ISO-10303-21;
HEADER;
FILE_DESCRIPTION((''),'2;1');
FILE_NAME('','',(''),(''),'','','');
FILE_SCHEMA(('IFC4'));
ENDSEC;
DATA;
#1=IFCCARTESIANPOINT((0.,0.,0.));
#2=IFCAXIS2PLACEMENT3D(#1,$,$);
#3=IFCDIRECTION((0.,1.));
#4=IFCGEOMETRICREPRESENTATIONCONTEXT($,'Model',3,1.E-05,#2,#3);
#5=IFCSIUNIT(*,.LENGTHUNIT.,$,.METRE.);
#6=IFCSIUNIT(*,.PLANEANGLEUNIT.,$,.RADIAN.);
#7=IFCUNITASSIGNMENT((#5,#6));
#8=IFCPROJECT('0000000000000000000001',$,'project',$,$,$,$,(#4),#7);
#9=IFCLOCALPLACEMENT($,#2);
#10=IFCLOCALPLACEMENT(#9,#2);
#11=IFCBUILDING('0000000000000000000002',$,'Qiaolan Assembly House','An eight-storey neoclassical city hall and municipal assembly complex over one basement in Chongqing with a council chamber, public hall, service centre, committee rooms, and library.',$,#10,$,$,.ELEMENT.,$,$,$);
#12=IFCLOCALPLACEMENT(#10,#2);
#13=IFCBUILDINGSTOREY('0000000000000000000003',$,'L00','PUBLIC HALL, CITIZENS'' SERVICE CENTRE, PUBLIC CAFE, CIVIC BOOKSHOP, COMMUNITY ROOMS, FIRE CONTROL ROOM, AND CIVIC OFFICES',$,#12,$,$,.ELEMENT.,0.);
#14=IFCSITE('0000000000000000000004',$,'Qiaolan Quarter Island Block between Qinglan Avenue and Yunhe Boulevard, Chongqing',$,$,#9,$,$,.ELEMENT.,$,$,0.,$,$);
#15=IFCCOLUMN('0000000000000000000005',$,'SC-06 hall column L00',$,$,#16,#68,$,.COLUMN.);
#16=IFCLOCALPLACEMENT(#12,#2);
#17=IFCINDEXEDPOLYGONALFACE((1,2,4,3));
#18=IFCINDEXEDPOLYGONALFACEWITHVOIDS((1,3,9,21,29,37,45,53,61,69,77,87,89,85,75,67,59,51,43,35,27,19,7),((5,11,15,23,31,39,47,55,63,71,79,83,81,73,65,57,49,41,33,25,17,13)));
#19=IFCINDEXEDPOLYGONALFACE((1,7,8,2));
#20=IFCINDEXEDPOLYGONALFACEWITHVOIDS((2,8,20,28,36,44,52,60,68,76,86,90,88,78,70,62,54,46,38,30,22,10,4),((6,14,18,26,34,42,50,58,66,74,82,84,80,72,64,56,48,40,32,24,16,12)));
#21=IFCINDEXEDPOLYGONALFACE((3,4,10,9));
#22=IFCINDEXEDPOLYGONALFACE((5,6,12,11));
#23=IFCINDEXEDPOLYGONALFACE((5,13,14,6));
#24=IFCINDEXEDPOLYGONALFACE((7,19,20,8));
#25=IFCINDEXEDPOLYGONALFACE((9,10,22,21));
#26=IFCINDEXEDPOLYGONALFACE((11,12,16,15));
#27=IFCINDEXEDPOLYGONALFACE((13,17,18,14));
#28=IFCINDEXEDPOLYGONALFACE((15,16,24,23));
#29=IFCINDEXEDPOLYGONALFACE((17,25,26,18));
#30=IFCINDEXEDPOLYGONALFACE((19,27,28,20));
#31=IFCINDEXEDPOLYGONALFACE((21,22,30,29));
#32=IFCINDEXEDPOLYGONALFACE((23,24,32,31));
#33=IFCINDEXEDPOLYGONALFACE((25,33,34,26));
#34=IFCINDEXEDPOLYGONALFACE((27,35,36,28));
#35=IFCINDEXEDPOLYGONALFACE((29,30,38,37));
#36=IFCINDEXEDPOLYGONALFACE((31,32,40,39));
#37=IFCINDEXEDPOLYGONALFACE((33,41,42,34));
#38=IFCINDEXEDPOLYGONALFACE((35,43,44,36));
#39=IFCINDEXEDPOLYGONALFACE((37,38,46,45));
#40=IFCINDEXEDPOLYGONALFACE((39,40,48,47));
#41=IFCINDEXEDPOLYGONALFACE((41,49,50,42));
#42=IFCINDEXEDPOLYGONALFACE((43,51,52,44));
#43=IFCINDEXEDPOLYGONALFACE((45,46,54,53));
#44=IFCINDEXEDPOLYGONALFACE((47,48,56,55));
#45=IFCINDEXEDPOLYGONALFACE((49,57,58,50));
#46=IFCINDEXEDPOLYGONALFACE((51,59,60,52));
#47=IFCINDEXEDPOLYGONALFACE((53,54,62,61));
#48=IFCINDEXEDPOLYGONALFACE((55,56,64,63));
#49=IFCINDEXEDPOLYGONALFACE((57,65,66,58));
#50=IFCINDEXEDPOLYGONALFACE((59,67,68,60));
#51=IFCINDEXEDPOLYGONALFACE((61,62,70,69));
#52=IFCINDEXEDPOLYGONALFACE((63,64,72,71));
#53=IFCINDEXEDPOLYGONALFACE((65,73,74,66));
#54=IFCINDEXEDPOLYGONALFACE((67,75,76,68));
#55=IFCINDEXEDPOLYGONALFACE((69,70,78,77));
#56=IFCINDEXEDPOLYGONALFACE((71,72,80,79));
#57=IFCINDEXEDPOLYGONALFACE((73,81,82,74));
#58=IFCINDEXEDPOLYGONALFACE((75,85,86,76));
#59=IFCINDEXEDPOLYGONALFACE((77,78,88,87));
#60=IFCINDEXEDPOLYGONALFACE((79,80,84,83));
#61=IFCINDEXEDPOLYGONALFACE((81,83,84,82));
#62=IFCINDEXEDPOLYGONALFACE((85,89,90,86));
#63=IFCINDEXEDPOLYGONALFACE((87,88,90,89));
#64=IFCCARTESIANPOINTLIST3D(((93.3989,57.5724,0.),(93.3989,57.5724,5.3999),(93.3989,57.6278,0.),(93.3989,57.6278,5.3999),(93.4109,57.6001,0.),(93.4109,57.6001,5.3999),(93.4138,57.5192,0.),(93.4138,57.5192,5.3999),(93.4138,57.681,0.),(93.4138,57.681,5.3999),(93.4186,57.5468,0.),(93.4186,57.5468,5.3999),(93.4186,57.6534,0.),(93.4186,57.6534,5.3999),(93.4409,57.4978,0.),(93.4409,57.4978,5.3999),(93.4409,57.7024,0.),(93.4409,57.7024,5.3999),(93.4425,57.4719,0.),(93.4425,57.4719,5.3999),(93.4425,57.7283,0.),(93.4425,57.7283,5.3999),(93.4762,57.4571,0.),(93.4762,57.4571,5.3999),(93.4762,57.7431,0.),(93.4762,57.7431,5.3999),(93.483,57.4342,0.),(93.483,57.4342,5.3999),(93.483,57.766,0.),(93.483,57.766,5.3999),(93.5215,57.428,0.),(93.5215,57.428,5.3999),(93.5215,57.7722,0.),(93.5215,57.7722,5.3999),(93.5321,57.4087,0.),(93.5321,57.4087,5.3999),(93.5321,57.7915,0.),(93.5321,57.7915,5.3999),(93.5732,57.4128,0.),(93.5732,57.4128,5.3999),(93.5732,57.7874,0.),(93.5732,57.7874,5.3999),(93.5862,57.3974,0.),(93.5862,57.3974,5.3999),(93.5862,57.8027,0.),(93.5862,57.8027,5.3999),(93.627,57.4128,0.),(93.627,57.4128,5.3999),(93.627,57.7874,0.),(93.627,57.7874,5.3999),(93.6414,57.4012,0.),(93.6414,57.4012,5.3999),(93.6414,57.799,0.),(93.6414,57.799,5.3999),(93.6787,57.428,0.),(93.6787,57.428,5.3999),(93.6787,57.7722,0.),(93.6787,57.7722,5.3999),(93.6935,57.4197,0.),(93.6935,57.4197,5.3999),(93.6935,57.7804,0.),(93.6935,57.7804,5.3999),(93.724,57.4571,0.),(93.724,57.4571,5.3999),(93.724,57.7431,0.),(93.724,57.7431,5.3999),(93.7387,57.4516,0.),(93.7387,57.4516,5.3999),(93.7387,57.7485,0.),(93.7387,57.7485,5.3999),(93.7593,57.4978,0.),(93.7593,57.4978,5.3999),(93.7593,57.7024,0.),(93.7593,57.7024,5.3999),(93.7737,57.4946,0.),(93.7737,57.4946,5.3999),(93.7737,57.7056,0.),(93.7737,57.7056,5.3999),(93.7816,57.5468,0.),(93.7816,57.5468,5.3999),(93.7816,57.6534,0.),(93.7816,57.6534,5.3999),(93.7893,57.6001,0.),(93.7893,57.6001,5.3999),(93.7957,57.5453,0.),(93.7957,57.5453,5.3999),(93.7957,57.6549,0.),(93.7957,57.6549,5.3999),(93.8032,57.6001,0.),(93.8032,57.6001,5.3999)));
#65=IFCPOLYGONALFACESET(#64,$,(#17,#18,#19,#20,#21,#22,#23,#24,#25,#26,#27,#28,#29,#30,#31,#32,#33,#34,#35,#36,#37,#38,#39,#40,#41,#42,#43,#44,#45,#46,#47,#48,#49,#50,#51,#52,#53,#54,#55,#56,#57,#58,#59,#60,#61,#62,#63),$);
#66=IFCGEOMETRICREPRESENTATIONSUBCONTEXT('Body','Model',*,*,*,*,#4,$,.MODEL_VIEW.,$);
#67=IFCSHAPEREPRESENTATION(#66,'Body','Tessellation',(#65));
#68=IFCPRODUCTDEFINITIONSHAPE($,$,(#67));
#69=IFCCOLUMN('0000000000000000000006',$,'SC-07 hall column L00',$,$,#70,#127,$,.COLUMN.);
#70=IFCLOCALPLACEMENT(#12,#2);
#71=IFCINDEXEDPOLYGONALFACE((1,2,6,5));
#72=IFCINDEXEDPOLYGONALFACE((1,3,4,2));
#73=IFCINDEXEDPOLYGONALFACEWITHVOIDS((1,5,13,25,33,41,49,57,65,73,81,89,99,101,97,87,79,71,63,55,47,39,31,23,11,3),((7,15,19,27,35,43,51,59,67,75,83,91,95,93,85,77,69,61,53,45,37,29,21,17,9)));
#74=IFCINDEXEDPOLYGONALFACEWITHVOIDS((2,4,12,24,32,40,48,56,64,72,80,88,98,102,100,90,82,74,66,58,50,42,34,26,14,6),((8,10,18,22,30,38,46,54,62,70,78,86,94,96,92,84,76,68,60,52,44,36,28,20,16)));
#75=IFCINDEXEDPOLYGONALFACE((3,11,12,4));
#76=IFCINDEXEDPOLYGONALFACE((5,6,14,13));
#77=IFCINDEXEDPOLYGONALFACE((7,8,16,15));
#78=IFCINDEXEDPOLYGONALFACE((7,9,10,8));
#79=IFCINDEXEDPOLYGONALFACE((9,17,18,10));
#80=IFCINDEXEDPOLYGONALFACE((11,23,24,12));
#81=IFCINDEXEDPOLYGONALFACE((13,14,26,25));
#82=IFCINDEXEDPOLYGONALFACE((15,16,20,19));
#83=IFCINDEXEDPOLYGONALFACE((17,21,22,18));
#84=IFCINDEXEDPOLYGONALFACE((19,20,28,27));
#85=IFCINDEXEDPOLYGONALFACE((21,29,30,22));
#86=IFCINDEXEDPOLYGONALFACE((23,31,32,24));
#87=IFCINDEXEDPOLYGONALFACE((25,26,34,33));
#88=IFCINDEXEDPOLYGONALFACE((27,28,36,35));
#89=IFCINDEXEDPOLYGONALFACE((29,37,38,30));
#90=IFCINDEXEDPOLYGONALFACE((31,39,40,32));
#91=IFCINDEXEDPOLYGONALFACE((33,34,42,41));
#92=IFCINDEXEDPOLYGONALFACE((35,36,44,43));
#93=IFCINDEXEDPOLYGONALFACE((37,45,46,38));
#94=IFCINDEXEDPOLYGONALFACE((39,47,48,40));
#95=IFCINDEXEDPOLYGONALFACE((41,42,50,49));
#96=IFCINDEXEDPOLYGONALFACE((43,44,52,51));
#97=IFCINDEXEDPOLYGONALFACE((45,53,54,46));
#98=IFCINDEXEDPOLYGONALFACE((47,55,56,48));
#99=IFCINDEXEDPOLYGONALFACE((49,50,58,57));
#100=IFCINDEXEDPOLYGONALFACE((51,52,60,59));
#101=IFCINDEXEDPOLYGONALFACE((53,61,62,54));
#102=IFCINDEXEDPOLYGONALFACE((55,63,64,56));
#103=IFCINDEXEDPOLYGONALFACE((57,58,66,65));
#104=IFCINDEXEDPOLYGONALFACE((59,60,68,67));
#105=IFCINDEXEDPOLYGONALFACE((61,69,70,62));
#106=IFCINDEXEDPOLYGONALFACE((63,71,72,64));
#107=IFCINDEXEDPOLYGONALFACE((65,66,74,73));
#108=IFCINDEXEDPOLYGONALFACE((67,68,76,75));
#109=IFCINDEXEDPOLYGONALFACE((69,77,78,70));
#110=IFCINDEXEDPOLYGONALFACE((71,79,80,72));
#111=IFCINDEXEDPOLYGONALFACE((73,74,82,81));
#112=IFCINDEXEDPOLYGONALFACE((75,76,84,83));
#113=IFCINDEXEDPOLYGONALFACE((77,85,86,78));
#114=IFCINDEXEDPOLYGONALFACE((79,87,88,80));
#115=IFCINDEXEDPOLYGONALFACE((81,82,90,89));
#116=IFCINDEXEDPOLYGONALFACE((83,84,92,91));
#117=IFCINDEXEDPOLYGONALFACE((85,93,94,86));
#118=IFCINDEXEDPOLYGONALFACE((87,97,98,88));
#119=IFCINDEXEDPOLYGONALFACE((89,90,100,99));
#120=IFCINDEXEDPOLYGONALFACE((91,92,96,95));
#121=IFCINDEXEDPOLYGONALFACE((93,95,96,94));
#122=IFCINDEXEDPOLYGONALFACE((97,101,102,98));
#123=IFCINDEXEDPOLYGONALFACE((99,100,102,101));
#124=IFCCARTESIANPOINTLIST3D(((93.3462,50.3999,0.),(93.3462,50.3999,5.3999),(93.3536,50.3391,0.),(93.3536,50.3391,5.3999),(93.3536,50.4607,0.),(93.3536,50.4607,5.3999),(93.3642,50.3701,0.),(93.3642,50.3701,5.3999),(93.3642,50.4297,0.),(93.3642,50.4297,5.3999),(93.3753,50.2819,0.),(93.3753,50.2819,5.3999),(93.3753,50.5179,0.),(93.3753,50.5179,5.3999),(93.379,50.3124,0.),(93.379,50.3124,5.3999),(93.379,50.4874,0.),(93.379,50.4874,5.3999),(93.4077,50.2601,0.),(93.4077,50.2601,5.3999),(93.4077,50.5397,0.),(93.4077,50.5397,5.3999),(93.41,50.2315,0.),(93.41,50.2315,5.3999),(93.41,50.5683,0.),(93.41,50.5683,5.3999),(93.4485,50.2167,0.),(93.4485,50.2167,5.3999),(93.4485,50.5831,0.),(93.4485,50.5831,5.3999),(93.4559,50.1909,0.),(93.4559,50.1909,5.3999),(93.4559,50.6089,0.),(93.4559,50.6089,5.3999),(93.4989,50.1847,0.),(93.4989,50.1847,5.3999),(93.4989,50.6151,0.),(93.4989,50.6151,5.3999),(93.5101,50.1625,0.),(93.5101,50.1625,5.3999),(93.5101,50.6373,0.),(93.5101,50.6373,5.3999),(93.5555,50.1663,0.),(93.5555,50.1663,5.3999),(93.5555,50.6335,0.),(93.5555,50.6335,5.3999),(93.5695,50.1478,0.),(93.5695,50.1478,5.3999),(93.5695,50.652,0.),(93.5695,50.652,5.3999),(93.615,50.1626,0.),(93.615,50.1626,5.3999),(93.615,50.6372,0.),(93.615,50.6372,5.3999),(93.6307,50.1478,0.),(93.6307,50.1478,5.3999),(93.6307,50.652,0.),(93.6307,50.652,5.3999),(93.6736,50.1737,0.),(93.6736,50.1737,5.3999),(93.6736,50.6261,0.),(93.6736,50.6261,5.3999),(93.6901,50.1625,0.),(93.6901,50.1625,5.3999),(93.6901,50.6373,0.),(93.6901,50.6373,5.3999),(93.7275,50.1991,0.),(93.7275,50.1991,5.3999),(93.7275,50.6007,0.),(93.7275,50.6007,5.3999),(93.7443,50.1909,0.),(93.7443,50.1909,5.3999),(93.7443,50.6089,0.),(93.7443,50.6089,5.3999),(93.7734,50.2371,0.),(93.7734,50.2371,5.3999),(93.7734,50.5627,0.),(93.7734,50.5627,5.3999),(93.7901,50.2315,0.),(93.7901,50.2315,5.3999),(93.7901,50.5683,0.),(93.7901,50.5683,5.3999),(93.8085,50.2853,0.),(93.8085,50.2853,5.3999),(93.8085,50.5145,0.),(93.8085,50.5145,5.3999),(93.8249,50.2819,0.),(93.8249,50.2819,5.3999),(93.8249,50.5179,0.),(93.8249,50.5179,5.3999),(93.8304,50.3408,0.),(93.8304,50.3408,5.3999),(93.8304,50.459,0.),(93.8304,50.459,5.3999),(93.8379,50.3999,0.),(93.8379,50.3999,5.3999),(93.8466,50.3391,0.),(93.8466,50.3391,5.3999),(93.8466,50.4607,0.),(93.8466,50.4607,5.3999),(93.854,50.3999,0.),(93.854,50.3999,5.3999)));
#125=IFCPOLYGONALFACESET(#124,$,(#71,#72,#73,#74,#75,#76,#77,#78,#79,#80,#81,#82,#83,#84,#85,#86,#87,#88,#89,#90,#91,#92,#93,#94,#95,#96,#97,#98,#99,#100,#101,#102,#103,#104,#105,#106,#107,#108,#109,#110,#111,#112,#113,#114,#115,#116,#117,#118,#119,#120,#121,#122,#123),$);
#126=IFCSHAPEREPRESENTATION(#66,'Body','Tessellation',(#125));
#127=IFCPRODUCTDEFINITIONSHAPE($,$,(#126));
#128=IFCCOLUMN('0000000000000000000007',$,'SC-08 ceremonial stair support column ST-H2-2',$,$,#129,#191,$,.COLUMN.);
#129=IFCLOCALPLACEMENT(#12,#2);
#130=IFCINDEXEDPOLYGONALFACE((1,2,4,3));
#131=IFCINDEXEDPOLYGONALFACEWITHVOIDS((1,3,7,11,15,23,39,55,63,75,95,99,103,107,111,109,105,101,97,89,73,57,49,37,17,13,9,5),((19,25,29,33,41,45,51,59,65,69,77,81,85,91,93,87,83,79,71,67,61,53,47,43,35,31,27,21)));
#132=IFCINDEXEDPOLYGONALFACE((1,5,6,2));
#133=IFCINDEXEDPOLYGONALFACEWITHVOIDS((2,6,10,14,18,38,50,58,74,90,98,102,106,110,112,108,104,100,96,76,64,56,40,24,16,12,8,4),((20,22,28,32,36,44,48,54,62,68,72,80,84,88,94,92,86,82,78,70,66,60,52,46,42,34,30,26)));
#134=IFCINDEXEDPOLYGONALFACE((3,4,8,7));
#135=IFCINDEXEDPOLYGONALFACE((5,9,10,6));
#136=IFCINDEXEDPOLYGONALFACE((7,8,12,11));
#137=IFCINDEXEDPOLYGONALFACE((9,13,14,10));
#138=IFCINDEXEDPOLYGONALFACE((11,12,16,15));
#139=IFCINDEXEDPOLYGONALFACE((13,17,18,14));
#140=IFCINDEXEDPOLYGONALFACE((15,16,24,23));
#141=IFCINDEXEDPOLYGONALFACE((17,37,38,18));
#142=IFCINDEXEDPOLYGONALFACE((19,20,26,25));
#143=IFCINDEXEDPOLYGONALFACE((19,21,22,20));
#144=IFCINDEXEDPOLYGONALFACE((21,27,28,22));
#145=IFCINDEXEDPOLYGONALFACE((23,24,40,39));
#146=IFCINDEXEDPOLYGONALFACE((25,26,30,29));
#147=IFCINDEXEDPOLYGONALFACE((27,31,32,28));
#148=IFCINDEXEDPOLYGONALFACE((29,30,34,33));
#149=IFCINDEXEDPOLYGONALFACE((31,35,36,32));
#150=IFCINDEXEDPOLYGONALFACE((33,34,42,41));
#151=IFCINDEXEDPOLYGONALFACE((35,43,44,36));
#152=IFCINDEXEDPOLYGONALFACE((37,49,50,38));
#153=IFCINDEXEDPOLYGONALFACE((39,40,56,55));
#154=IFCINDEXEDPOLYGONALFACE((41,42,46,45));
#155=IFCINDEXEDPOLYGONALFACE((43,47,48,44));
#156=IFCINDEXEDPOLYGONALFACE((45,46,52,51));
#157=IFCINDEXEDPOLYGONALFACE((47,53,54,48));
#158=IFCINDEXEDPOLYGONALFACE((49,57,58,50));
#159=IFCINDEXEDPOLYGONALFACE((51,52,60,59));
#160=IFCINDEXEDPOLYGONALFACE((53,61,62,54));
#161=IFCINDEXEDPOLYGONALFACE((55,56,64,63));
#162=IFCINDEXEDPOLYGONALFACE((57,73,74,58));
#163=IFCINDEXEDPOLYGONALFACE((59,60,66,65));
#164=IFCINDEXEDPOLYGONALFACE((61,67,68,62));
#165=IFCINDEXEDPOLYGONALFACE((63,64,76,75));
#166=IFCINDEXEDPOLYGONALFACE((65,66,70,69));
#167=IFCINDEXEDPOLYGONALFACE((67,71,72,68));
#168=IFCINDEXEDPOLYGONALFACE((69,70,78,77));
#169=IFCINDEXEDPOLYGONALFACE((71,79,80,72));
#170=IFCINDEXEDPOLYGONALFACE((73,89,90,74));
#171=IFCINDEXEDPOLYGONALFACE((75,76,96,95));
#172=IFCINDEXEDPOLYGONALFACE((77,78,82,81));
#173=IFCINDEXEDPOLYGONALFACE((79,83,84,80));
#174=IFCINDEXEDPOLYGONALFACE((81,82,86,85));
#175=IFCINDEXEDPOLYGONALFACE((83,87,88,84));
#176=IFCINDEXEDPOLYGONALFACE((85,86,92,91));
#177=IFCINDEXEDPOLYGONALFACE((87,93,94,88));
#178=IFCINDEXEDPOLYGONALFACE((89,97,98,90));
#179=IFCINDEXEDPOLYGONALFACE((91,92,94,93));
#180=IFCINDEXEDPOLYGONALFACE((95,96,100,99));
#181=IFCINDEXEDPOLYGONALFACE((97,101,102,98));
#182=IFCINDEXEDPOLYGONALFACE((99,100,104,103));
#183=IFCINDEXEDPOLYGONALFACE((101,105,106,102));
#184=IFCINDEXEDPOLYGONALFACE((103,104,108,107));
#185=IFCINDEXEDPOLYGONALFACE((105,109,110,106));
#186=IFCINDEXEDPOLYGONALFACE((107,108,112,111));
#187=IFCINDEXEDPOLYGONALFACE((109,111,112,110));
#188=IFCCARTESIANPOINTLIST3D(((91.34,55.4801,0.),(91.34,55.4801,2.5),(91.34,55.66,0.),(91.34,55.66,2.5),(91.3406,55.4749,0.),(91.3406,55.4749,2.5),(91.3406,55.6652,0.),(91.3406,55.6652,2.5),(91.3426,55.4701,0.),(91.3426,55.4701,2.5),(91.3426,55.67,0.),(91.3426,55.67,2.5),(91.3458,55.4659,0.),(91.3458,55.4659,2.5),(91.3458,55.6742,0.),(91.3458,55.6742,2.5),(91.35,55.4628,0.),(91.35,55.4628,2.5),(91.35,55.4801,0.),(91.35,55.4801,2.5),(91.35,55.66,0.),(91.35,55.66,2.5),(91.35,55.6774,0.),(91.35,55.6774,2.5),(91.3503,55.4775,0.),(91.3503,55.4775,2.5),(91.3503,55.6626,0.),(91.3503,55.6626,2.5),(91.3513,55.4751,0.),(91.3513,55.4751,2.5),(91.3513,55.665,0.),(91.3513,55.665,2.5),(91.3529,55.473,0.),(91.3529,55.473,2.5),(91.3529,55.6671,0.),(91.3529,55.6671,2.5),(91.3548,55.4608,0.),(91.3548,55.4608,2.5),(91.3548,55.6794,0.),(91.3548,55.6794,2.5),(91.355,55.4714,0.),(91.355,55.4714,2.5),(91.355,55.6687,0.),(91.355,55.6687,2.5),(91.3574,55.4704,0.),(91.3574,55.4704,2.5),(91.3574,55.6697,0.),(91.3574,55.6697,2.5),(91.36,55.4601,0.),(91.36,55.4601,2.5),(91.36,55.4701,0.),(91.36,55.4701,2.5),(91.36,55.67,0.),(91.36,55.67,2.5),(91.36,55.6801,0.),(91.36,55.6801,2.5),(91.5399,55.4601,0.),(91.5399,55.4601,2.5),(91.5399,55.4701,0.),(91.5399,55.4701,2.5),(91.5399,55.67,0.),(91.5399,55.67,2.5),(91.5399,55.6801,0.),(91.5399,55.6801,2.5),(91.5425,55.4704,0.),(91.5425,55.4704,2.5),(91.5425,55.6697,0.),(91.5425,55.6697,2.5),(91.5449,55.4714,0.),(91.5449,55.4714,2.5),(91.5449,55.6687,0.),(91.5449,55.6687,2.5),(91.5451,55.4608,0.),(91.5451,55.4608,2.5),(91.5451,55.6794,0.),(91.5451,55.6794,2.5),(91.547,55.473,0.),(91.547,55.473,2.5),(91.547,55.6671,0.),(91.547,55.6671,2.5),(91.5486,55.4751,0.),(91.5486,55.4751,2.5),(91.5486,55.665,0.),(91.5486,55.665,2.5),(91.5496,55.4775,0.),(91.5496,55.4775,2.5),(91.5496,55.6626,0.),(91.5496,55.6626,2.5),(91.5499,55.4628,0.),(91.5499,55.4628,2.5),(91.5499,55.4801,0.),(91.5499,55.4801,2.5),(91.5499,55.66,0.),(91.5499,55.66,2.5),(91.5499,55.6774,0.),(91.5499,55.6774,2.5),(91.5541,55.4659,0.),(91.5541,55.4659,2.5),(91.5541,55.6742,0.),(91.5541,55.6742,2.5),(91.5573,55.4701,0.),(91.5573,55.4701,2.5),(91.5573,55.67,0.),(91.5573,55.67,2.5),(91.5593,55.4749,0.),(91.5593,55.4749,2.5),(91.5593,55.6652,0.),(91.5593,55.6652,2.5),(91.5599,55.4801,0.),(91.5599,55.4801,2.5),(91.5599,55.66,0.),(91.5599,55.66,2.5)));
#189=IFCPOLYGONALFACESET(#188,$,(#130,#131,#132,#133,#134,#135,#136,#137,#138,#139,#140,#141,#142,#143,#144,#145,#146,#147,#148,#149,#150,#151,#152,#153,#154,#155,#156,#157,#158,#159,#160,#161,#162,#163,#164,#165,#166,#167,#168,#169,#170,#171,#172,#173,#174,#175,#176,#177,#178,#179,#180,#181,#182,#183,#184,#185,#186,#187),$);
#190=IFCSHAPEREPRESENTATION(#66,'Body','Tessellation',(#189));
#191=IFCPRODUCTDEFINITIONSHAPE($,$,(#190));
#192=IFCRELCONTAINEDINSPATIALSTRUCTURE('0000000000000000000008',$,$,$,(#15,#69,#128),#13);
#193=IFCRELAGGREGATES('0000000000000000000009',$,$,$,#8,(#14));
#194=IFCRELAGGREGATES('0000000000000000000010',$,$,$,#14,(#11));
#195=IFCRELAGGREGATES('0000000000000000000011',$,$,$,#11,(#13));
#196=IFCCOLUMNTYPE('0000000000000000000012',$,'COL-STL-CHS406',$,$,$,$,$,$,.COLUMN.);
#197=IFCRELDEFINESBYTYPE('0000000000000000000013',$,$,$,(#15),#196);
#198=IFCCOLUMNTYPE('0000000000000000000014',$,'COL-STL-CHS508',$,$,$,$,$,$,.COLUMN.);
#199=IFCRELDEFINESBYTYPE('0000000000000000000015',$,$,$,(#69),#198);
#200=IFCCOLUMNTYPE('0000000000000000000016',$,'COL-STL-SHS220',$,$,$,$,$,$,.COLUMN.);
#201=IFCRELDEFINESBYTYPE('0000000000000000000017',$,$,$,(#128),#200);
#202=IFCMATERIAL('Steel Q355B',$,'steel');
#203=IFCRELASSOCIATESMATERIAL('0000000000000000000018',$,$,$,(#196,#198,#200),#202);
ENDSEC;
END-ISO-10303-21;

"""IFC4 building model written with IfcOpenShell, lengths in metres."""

from ifc_helpers import new_model, si_unit, direction, frame, origin, origin_2d, place, context, subcontext, project, spatial, hollow_rectangle, hollow_circle, extrude, material, material_profile, profile_set, type_object, element, save


model = new_model("IFC4")

# Units and contexts
model_context = context("Model", 3, precision=1e-05, world=origin(), true_north=direction((0.0, 1.0)))
body_context = subcontext(model_context, "Body", "Model", "MODEL_VIEW")
ifc_project = project(units=[si_unit("LENGTHUNIT", "METRE"), si_unit("PLANEANGLEUNIT", "RADIAN")], contexts=[model_context])

# Site, building, storey
site_placement = place(None, origin())
site = spatial("IfcSite", under=ifc_project, at=site_placement, Name="Qiaolan Quarter Island Block between Qinglan Avenue and Yunhe Boulevard, Chongqing", CompositionType="ELEMENT", RefElevation=0.0)
building_placement = place(site_placement, origin())
building = spatial("IfcBuilding", under=site, at=building_placement, Name="Qiaolan Assembly House", Description="An eight-storey neoclassical city hall and municipal assembly complex over one basement in Chongqing with a council chamber, public hall, service centre, committee rooms, and library.", CompositionType="ELEMENT")
storey_placement = place(building_placement, origin())
storey = spatial("IfcBuildingStorey", under=building, at=storey_placement, Name="L00", Description="PUBLIC HALL, CITIZENS' SERVICE CENTRE, PUBLIC CAFE, CIVIC BOOKSHOP, COMMUNITY ROOMS, FIRE CONTROL ROOM, AND CIVIC OFFICES", CompositionType="ELEMENT", Elevation=0.0)

# Columns
ifc_material_1 = material(Name="Steel Q355B", Category="steel")
ifc_material_profile_1 = material_profile(ifc_material_1, hollow_circle(Radius=0.2031, WallThickness=0.0139, at=origin_2d()), Name="CHS 406.4x14")
ifc_profile_set_1 = profile_set([ifc_material_profile_1], Name="Steel Q355B")
column_type_1 = type_object("IfcColumnType", Name="COL-STL-CHS406", PredefinedType="COLUMN", material=ifc_profile_set_1)
column_1_placement = place(storey_placement, frame((93.6001, 57.6001, 0.0), z_axis=(0.0, 0.0, 1.0), x_axis=(1.0, 0.0, 0.0)))
element("IfcColumn", 1, at=column_1_placement, inside=storey, type_object=column_type_1, Name="SC-06 hall column L00", PredefinedType="COLUMN", context=body_context, shape_type="SweptSolid", body=[
    extrude(hollow_circle(Radius=0.2031, WallThickness=0.0139, at=origin_2d()), origin(), (0.0, 0.0, 1.0), 5.3999),
])
ifc_material_profile_2 = material_profile(ifc_material_1, hollow_circle(Radius=0.2539, WallThickness=0.0161, at=origin_2d()), Name="CHS 508x16")
ifc_profile_set_2 = profile_set([ifc_material_profile_2], Name="Steel Q355B")
column_type_2 = type_object("IfcColumnType", Name="COL-STL-CHS508", PredefinedType="COLUMN", material=ifc_profile_set_2)
column_2_placement = place(storey_placement, frame((93.6001, 50.3999, 0.0), z_axis=(0.0, 0.0, 1.0), x_axis=(1.0, 0.0, 0.0)))
element("IfcColumn", 2, at=column_2_placement, inside=storey, type_object=column_type_2, Name="SC-07 hall column L00", PredefinedType="COLUMN", context=body_context, shape_type="SweptSolid", body=[
    extrude(hollow_circle(Radius=0.2539, WallThickness=0.0161, at=origin_2d()), origin(), (0.0, 0.0, 1.0), 5.3999),
])
ifc_material_profile_3 = material_profile(ifc_material_1, hollow_rectangle(XDim=0.22, YDim=0.22, WallThickness=0.01, InnerFilletRadius=0.01, OuterFilletRadius=0.02, at=origin_2d()), Name="SHS 220x220x10")
ifc_profile_set_3 = profile_set([ifc_material_profile_3], Name="Steel Q355B")
column_type_3 = type_object("IfcColumnType", Name="COL-STL-SHS220", PredefinedType="COLUMN", material=ifc_profile_set_3)
for number, where, z_axis, x_axis, name in (
    (3, (91.45, 55.5701, 0.0), (0.0, 0.0, 1.0), (1.0, 0.0, 0.0), "SC-08 ceremonial stair support column ST-H2-2"),
):
    element("IfcColumn", number, at=place(storey_placement, frame(where, z_axis=z_axis, x_axis=x_axis)), inside=storey, type_object=column_type_3, Name=name, PredefinedType="COLUMN", context=body_context, shape_type="SweptSolid", body=[
        extrude(hollow_rectangle(XDim=0.22, YDim=0.22, WallThickness=0.01, InnerFilletRadius=0.01, OuterFilletRadius=0.02, at=origin_2d()), origin(), (0.0, 0.0, 1.0), 2.5),
    ])

save(model, "model.ifc")
